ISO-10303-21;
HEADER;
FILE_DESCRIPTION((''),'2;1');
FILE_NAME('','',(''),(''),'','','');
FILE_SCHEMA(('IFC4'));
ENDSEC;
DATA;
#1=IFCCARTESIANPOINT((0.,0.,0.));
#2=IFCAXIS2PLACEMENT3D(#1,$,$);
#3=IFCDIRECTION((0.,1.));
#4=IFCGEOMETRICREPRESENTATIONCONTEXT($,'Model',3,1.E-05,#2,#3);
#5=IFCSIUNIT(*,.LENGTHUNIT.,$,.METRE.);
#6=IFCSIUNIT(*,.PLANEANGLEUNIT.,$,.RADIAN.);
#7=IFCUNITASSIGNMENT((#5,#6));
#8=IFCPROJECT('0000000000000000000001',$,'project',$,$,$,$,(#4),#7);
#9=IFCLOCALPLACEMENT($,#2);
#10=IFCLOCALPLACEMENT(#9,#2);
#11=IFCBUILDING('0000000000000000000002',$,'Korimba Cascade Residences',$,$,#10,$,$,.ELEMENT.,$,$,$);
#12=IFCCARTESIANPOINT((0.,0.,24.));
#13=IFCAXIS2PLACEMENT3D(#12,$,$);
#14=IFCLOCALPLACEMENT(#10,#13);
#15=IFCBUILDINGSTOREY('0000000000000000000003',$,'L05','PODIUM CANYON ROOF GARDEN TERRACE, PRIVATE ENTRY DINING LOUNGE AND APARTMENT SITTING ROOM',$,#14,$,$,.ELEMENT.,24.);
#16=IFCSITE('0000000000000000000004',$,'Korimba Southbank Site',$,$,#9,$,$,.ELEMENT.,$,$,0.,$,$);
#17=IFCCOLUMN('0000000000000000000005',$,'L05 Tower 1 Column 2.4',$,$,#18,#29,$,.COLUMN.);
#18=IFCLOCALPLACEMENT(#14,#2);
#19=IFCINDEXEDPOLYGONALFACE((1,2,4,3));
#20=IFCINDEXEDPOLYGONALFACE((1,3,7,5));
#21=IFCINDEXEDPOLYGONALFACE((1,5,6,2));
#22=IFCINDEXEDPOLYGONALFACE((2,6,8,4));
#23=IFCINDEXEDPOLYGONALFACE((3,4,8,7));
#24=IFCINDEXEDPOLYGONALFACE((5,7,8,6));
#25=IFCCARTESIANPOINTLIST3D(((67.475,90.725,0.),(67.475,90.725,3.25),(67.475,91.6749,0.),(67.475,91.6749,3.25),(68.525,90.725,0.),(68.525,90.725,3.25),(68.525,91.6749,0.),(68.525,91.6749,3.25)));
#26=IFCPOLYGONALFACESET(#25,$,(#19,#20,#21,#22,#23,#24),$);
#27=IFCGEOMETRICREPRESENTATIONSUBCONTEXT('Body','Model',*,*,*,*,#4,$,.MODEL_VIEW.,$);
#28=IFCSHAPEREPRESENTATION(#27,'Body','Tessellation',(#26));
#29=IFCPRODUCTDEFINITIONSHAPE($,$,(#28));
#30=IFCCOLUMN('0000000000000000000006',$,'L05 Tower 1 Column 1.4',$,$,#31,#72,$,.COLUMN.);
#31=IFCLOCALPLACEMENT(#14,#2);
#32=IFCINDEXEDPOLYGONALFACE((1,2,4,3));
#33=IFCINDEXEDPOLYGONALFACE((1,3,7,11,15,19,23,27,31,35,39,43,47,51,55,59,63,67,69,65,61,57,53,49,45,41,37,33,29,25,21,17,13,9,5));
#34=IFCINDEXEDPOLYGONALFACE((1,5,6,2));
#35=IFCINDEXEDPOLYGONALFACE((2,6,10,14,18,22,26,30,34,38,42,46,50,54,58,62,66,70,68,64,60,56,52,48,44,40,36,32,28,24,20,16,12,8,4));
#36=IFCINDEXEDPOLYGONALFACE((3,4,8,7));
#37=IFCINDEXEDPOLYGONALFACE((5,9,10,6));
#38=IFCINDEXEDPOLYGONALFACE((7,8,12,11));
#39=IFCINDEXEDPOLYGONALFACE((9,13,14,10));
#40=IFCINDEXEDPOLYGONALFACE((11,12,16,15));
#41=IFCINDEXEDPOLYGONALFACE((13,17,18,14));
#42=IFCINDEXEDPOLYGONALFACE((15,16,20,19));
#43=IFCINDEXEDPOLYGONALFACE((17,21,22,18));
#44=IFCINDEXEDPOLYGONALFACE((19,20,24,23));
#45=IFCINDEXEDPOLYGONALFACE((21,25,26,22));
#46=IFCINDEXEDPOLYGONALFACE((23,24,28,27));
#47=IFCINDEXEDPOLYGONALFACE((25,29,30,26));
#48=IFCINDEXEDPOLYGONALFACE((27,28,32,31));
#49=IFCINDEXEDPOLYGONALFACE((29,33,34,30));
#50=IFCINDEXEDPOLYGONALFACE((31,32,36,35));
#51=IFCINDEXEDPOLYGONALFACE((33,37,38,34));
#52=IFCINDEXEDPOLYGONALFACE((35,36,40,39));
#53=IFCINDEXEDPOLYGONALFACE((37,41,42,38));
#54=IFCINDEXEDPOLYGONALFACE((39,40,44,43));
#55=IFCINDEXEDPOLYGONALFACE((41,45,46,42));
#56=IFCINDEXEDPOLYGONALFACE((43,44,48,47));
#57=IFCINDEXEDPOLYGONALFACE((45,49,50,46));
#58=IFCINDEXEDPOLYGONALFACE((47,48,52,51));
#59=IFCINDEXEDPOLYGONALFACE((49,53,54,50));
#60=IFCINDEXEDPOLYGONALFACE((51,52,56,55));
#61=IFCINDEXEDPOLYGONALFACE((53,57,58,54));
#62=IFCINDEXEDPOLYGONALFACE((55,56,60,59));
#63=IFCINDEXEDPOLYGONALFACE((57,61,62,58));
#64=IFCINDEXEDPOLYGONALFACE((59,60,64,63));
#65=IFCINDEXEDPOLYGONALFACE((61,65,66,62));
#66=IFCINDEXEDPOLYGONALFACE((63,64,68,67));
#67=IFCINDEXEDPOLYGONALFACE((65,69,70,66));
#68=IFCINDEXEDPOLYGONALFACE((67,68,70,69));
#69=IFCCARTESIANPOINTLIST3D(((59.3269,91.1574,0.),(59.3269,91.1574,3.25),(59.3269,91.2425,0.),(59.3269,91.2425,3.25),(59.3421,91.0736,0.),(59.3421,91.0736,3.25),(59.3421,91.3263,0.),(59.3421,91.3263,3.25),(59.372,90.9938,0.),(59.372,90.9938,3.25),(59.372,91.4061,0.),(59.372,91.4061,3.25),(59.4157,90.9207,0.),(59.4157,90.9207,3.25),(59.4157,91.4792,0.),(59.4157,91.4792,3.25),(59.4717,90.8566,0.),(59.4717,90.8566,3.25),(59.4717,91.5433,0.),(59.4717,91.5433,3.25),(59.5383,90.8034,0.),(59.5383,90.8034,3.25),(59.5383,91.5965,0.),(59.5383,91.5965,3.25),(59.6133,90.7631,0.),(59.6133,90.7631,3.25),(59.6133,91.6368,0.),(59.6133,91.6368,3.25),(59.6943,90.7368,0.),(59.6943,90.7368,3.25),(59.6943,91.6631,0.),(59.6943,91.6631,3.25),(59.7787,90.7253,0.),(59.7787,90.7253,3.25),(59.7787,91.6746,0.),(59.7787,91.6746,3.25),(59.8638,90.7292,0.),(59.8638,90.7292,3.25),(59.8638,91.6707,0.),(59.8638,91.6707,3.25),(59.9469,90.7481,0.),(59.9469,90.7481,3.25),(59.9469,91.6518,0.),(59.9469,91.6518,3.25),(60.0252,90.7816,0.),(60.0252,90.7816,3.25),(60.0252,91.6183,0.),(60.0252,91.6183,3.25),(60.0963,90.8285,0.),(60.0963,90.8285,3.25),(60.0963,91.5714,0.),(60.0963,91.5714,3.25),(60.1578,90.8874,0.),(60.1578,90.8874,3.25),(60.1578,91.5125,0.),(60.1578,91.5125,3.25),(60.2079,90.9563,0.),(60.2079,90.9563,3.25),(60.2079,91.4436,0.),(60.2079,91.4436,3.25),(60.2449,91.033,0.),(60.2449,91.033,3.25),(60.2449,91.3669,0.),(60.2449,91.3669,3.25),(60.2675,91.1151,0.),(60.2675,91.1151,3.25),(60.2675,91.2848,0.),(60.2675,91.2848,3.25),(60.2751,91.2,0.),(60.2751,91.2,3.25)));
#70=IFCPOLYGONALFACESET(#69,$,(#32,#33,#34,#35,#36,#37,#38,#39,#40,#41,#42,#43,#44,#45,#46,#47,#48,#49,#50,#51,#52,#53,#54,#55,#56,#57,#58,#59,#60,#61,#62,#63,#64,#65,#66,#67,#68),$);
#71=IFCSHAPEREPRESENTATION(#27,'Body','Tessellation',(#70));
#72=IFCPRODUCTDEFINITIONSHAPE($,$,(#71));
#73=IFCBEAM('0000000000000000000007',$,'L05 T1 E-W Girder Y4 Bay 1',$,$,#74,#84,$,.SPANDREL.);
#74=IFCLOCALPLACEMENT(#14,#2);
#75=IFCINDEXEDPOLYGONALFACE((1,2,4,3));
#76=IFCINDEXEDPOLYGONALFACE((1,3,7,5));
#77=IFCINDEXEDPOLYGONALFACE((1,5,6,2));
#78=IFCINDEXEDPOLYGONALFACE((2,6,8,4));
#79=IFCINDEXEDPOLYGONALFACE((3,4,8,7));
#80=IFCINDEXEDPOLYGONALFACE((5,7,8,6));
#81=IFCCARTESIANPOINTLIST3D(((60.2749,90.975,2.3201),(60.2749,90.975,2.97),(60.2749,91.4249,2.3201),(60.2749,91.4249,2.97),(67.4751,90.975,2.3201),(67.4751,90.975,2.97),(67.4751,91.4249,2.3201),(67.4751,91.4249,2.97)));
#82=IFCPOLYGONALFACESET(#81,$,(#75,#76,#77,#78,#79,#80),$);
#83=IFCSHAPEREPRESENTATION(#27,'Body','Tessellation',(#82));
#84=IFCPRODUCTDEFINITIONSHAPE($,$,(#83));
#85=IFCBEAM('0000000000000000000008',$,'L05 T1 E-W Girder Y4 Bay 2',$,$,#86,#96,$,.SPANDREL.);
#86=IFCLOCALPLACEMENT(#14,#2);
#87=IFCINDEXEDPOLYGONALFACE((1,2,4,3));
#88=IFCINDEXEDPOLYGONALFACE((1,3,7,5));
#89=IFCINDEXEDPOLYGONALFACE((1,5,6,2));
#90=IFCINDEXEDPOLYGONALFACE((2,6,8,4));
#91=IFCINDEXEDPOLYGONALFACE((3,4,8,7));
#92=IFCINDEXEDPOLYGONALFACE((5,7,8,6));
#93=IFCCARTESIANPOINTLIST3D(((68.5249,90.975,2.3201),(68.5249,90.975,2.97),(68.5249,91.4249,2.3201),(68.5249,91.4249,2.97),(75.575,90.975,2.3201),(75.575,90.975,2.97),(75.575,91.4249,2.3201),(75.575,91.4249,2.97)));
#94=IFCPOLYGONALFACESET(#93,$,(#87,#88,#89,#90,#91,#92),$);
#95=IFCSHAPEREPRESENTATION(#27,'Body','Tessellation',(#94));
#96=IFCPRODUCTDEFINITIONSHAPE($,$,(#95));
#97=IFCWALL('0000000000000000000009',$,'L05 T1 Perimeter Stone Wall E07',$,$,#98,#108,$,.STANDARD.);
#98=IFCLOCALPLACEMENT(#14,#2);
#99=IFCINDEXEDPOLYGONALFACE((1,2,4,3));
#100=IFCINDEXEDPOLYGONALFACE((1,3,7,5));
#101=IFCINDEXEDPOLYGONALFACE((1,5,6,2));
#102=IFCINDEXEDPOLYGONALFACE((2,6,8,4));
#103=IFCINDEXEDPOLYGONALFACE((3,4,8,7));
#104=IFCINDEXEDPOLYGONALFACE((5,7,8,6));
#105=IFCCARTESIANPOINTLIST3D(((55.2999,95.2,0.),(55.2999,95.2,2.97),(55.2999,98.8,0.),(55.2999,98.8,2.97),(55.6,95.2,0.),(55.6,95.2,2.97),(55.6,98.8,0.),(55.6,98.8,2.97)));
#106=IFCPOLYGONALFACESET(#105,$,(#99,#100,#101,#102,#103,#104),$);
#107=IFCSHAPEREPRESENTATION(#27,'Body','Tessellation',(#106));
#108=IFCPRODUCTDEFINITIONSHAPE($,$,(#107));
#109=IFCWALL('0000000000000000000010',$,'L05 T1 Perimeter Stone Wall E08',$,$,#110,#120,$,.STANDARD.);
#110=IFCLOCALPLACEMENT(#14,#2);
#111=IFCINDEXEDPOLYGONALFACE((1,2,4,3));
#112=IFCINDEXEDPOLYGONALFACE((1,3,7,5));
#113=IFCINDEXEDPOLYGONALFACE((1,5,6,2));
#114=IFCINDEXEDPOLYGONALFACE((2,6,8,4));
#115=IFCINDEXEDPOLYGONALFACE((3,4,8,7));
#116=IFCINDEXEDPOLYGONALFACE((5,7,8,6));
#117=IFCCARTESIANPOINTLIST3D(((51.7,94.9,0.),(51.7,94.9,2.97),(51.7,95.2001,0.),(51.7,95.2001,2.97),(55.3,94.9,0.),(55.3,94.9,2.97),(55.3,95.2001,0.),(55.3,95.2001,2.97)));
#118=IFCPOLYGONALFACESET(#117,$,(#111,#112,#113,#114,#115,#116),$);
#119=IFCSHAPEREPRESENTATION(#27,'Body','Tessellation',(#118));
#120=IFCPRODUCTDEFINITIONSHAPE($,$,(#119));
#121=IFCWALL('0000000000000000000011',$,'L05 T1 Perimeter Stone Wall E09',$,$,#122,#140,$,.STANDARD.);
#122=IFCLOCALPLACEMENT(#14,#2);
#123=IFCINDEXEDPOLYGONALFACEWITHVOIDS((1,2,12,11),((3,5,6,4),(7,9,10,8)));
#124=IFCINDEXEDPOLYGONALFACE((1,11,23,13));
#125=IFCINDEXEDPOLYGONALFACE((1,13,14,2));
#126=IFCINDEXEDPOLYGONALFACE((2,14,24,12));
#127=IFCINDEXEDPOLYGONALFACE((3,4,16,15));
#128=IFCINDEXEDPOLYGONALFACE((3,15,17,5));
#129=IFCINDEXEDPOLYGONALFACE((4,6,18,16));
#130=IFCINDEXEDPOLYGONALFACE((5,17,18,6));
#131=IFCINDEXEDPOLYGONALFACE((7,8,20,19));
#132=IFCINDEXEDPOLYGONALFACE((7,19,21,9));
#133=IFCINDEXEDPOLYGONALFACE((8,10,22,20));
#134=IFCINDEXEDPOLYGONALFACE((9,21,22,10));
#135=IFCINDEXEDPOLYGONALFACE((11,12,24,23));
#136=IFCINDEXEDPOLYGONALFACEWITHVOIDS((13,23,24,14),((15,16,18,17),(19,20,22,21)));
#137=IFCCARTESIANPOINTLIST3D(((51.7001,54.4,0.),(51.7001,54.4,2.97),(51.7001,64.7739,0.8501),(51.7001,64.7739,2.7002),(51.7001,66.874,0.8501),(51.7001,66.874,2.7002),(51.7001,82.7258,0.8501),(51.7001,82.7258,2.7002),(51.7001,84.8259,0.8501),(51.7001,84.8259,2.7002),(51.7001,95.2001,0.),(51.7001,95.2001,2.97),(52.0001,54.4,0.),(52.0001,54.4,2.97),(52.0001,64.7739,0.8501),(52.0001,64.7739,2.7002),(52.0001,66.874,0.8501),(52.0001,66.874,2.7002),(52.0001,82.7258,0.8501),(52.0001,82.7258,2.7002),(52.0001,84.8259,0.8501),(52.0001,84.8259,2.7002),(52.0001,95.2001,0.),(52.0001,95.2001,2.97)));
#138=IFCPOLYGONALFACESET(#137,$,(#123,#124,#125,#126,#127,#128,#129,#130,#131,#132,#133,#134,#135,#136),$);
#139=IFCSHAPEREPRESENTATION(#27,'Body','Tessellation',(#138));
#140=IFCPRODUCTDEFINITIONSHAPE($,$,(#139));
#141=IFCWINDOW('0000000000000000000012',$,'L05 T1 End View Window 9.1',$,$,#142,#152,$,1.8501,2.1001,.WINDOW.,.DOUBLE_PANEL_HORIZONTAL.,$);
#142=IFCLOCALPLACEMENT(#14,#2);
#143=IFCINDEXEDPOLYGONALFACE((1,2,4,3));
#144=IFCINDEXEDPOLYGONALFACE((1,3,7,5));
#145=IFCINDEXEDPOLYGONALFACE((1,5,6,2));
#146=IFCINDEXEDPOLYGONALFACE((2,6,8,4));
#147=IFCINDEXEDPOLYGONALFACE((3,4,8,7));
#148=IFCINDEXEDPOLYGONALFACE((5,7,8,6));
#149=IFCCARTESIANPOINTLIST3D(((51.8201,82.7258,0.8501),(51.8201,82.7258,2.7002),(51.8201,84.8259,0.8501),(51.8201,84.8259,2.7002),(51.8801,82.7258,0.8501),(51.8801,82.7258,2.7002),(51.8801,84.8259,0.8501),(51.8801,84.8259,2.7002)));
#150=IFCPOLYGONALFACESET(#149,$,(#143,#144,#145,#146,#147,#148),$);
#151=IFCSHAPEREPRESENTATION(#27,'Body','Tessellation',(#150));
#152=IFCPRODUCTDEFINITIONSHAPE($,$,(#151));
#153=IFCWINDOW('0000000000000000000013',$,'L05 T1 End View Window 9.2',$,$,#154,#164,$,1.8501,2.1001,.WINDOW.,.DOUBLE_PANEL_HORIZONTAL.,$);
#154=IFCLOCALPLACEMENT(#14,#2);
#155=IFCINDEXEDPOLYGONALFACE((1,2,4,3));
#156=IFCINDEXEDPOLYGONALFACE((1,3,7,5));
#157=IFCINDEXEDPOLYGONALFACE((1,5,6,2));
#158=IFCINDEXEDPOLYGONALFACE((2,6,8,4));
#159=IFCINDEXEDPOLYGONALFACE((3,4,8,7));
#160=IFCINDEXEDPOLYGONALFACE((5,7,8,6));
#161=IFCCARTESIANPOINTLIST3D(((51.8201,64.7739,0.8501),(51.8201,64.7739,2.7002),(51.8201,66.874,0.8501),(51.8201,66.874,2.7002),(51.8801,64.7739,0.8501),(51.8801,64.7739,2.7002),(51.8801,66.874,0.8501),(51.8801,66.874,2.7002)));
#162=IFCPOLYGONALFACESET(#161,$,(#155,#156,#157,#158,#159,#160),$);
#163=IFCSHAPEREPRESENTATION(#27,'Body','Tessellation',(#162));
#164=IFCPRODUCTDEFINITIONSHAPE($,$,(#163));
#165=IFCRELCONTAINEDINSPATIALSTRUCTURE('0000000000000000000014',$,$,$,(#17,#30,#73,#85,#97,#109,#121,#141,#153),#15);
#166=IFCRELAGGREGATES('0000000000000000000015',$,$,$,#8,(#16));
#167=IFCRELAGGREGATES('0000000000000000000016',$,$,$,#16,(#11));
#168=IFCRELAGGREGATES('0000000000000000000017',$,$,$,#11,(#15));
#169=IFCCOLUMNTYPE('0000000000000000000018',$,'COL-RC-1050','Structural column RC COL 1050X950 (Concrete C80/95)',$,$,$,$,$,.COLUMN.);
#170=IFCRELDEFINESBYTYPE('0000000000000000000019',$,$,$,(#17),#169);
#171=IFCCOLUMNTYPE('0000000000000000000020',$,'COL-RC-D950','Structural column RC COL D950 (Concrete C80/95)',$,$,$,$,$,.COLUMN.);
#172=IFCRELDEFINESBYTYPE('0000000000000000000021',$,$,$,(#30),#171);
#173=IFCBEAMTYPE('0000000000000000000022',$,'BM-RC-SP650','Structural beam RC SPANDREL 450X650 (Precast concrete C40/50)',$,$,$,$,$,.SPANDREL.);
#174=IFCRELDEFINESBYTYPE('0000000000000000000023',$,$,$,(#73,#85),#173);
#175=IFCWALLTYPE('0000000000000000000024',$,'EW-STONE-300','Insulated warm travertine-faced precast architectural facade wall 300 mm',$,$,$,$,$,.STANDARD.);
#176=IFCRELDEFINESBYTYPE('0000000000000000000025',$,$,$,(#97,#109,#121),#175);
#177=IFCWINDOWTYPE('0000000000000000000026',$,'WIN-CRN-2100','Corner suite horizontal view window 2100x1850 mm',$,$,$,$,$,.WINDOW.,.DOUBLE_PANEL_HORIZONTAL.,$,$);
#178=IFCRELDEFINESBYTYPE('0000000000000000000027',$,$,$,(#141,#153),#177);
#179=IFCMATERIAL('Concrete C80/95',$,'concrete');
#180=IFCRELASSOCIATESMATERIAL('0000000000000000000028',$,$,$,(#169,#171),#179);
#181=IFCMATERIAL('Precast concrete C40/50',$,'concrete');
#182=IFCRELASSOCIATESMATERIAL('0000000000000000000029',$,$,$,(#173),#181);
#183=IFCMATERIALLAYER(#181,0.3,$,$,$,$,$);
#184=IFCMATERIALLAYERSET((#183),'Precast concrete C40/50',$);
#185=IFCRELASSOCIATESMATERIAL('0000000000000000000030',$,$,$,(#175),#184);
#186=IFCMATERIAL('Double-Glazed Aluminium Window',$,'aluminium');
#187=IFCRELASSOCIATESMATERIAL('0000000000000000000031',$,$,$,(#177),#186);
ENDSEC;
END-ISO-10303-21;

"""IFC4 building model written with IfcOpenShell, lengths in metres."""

from ifc_helpers import new_model, si_unit, direction, frame, frame_2d, origin, origin_2d, place, context, subcontext, project, spatial, rectangle, circle, extrude, material, layer, layer_set, material_profile, profile_set, type_object, element, fill, save


model = new_model("IFC4")

# Units and contexts
model_context = context("Model", 3, precision=1e-05, world=origin(), true_north=direction((0.0, 1.0)))
body_context = subcontext(model_context, "Body", "Model", "MODEL_VIEW")
ifc_project = project(units=[si_unit("LENGTHUNIT", "METRE"), si_unit("PLANEANGLEUNIT", "RADIAN")], contexts=[model_context])

# Site, building, storey
site_placement = place(None, origin())
site = spatial("IfcSite", under=ifc_project, at=site_placement, Name="Korimba Southbank Site", CompositionType="ELEMENT", RefElevation=0.0)
building_placement = place(site_placement, origin())
building = spatial("IfcBuilding", under=site, at=building_placement, Name="Korimba Cascade Residences", CompositionType="ELEMENT")
storey_placement = place(building_placement, frame((0.0, 0.0, 24.0)))
storey = spatial("IfcBuildingStorey", under=building, at=storey_placement, Name="L05", Description="PODIUM CANYON ROOF GARDEN TERRACE, PRIVATE ENTRY DINING LOUNGE AND APARTMENT SITTING ROOM", CompositionType="ELEMENT", Elevation=24.0)

# Columns
ifc_material_1 = material(Name="Concrete C80/95", Category="concrete")
ifc_material_profile_1 = material_profile(ifc_material_1, rectangle(XDim=1.05, YDim=0.95, at=origin_2d()), Name="Concrete C80/95")
ifc_profile_set_1 = profile_set([ifc_material_profile_1], Name="Concrete C80/95")
column_type_1 = type_object("IfcColumnType", Name="COL-RC-1050", Description="Structural column RC COL 1050X950 (Concrete C80/95)", PredefinedType="COLUMN", material=ifc_profile_set_1)
column_1_placement = place(storey_placement, frame((68.0, 91.2, 0.0), z_axis=(0.0, 0.0, 1.0), x_axis=(1.0, 0.0, 0.0)))
element("IfcColumn", 1, at=column_1_placement, inside=storey, type_object=column_type_1, Name="L05 Tower 1 Column 2.4", PredefinedType="COLUMN", context=body_context, shape_type="SweptSolid", body=[
    extrude(rectangle(XDim=1.05, YDim=0.95, at=origin_2d()), origin(), (0.0, 0.0, 1.0), 3.25),
])
ifc_material_profile_2 = material_profile(ifc_material_1, circle(Radius=0.4751, at=origin_2d()), Name="Concrete C80/95")
ifc_profile_set_2 = profile_set([ifc_material_profile_2], Name="Concrete C80/95")
column_type_2 = type_object("IfcColumnType", Name="COL-RC-D950", Description="Structural column RC COL D950 (Concrete C80/95)", PredefinedType="COLUMN", material=ifc_profile_set_2)
column_2_placement = place(storey_placement, frame((59.8, 91.2, 0.0), z_axis=(0.0, 0.0, 1.0), x_axis=(1.0, 0.0, 0.0)))
element("IfcColumn", 2, at=column_2_placement, inside=storey, type_object=column_type_2, Name="L05 Tower 1 Column 1.4", PredefinedType="COLUMN", context=body_context, shape_type="SweptSolid", body=[
    extrude(circle(Radius=0.4751, at=origin_2d()), origin(), (0.0, 0.0, 1.0), 3.25),
])

# Beams
ifc_material_2 = material(Name="Precast concrete C40/50", Category="concrete")
ifc_material_profile_3 = material_profile(ifc_material_2, rectangle(XDim=0.45, YDim=0.6499, at=origin_2d()), Name="Precast concrete C40/50")
ifc_profile_set_3 = profile_set([ifc_material_profile_3], Name="Precast concrete C40/50")
beam_type = type_object("IfcBeamType", Name="BM-RC-SP650", Description="Structural beam RC SPANDREL 450X650 (Precast concrete C40/50)", PredefinedType="SPANDREL", material=ifc_profile_set_3)
beam_1_placement = place(storey_placement, frame((60.2749, 91.2, 2.645), z_axis=(1.0, 0.0, 0.0), x_axis=(0.0, 1.0, 0.0)))
element("IfcBeam", 3, at=beam_1_placement, inside=storey, type_object=beam_type, Name="L05 T1 E-W Girder Y4 Bay 1", PredefinedType="SPANDREL", context=body_context, shape_type="SweptSolid", body=[
    extrude(rectangle(XDim=0.45, YDim=0.6499, at=origin_2d()), origin(), (0.0, 0.0, 1.0), 7.2002),
])
beam_2_placement = place(storey_placement, frame((68.5249, 91.2, 2.645), z_axis=(1.0, 0.0, 0.0), x_axis=(0.0, 1.0, 0.0)))
element("IfcBeam", 4, at=beam_2_placement, inside=storey, type_object=beam_type, Name="L05 T1 E-W Girder Y4 Bay 2", PredefinedType="SPANDREL", context=body_context, shape_type="SweptSolid", body=[
    extrude(rectangle(XDim=0.45, YDim=0.6499, at=origin_2d()), origin(), (0.0, 0.0, 1.0), 7.05),
])

# Walls
ifc_layer_1 = layer(ifc_material_2, 0.3)
ifc_layer_set_1 = layer_set([ifc_layer_1], Name="Precast concrete C40/50")
wall_type_1 = type_object("IfcWallType", Name="EW-STONE-300", Description="Insulated warm travertine-faced precast architectural facade wall 300 mm", PredefinedType="STANDARD", material=ifc_layer_set_1)
for number, where, z_axis, x_axis, name in (
    (5, (55.45, 98.8, 0.0), (0.0, 0.0, 1.0), (0.0, -1.0, 0.0), "L05 T1 Perimeter Stone Wall E07"),
    (6, (55.3, 95.05, 0.0), (0.0, 0.0, 1.0), (-1.0, 0.0, 0.0), "L05 T1 Perimeter Stone Wall E08"),
):
    element("IfcWall", number, at=place(storey_placement, frame(where, z_axis=z_axis, x_axis=x_axis)), inside=storey, type_object=wall_type_1, Name=name, PredefinedType="STANDARD", context=body_context, shape_type="SweptSolid", body=[
        extrude(rectangle(XDim=3.6001, YDim=0.3, at=frame_2d((1.8, 0.0))), origin(), (0.0, 0.0, 1.0), 2.97),
    ])

# Wall, openings, windows
wall_1_placement = place(storey_placement, frame((51.8501, 95.2, 0.0), z_axis=(0.0, 0.0, 1.0), x_axis=(0.0, -1.0, 0.0)))
wall_1 = element("IfcWall", 7, at=wall_1_placement, inside=storey, type_object=wall_type_1, Name="L05 T1 Perimeter Stone Wall E09", PredefinedType="STANDARD", context=body_context, shape_type="SweptSolid", body=[
    extrude(rectangle(XDim=40.8, YDim=0.3, at=frame_2d((20.3999, 0.0))), origin(), (0.0, 0.0, 1.0), 2.97),
])
opening_1_placement = place(wall_1_placement, frame((10.374, 0.0, 0.8501)))
opening_1 = element("IfcOpeningElement", 8, at=opening_1_placement, cuts=wall_1, PredefinedType="OPENING", context=body_context, shape_type="SweptSolid", body=[
    extrude(rectangle(XDim=2.1001, YDim=1.8501, at=frame_2d((1.05, 0.925))), frame((0.0, 0.1602, 0.0), z_axis=(0.0, -1.0, 0.0), x_axis=(1.0, 0.0, 0.0)), (0.0, 0.0, 1.0), 0.3201),
])
opening_2_placement = place(wall_1_placement, frame((28.3259, 0.0, 0.8501)))
opening_2 = element("IfcOpeningElement", 9, at=opening_2_placement, cuts=wall_1, PredefinedType="OPENING", context=body_context, shape_type="SweptSolid", body=[
    extrude(rectangle(XDim=2.1001, YDim=1.8501, at=frame_2d((1.05, 0.925))), frame((0.0, 0.1602, 0.0), z_axis=(0.0, -1.0, 0.0), x_axis=(1.0, 0.0, 0.0)), (0.0, 0.0, 1.0), 0.3201),
])
ifc_material_3 = material(Name="Double-Glazed Aluminium Window", Category="aluminium")
window_type = type_object("IfcWindowType", Name="WIN-CRN-2100", Description="Corner suite horizontal view window 2100x1850 mm", PartitioningType="DOUBLE_PANEL_HORIZONTAL", PredefinedType="WINDOW", material=ifc_material_3)
window_1_placement = place(opening_1_placement, origin())
window_1 = element("IfcWindow", 10, at=window_1_placement, inside=storey, type_object=window_type, Name="L05 T1 End View Window 9.1", OverallHeight=1.8501, OverallWidth=2.1001, PartitioningType="DOUBLE_PANEL_HORIZONTAL", PredefinedType="WINDOW", context=body_context, shape_type="SweptSolid", body=[
    extrude(rectangle(XDim=2.1001, YDim=1.8501, at=frame_2d((1.05, 0.925))), frame((0.0, 0.03, 0.0), z_axis=(0.0, -1.0, 0.0), x_axis=(1.0, 0.0, 0.0)), (0.0, 0.0, 1.0), 0.0601),
])
fill(opening_1, window_1)
window_2_placement = place(opening_2_placement, origin())
window_2 = element("IfcWindow", 11, at=window_2_placement, inside=storey, type_object=window_type, Name="L05 T1 End View Window 9.2", OverallHeight=1.8501, OverallWidth=2.1001, PartitioningType="DOUBLE_PANEL_HORIZONTAL", PredefinedType="WINDOW", context=body_context, shape_type="SweptSolid", body=[
    extrude(rectangle(XDim=2.1001, YDim=1.8501, at=frame_2d((1.05, 0.925))), frame((0.0, 0.03, 0.0), z_axis=(0.0, -1.0, 0.0), x_axis=(1.0, 0.0, 0.0)), (0.0, 0.0, 1.0), 0.0601),
])
fill(opening_2, window_2)

save(model, "model.ifc")
